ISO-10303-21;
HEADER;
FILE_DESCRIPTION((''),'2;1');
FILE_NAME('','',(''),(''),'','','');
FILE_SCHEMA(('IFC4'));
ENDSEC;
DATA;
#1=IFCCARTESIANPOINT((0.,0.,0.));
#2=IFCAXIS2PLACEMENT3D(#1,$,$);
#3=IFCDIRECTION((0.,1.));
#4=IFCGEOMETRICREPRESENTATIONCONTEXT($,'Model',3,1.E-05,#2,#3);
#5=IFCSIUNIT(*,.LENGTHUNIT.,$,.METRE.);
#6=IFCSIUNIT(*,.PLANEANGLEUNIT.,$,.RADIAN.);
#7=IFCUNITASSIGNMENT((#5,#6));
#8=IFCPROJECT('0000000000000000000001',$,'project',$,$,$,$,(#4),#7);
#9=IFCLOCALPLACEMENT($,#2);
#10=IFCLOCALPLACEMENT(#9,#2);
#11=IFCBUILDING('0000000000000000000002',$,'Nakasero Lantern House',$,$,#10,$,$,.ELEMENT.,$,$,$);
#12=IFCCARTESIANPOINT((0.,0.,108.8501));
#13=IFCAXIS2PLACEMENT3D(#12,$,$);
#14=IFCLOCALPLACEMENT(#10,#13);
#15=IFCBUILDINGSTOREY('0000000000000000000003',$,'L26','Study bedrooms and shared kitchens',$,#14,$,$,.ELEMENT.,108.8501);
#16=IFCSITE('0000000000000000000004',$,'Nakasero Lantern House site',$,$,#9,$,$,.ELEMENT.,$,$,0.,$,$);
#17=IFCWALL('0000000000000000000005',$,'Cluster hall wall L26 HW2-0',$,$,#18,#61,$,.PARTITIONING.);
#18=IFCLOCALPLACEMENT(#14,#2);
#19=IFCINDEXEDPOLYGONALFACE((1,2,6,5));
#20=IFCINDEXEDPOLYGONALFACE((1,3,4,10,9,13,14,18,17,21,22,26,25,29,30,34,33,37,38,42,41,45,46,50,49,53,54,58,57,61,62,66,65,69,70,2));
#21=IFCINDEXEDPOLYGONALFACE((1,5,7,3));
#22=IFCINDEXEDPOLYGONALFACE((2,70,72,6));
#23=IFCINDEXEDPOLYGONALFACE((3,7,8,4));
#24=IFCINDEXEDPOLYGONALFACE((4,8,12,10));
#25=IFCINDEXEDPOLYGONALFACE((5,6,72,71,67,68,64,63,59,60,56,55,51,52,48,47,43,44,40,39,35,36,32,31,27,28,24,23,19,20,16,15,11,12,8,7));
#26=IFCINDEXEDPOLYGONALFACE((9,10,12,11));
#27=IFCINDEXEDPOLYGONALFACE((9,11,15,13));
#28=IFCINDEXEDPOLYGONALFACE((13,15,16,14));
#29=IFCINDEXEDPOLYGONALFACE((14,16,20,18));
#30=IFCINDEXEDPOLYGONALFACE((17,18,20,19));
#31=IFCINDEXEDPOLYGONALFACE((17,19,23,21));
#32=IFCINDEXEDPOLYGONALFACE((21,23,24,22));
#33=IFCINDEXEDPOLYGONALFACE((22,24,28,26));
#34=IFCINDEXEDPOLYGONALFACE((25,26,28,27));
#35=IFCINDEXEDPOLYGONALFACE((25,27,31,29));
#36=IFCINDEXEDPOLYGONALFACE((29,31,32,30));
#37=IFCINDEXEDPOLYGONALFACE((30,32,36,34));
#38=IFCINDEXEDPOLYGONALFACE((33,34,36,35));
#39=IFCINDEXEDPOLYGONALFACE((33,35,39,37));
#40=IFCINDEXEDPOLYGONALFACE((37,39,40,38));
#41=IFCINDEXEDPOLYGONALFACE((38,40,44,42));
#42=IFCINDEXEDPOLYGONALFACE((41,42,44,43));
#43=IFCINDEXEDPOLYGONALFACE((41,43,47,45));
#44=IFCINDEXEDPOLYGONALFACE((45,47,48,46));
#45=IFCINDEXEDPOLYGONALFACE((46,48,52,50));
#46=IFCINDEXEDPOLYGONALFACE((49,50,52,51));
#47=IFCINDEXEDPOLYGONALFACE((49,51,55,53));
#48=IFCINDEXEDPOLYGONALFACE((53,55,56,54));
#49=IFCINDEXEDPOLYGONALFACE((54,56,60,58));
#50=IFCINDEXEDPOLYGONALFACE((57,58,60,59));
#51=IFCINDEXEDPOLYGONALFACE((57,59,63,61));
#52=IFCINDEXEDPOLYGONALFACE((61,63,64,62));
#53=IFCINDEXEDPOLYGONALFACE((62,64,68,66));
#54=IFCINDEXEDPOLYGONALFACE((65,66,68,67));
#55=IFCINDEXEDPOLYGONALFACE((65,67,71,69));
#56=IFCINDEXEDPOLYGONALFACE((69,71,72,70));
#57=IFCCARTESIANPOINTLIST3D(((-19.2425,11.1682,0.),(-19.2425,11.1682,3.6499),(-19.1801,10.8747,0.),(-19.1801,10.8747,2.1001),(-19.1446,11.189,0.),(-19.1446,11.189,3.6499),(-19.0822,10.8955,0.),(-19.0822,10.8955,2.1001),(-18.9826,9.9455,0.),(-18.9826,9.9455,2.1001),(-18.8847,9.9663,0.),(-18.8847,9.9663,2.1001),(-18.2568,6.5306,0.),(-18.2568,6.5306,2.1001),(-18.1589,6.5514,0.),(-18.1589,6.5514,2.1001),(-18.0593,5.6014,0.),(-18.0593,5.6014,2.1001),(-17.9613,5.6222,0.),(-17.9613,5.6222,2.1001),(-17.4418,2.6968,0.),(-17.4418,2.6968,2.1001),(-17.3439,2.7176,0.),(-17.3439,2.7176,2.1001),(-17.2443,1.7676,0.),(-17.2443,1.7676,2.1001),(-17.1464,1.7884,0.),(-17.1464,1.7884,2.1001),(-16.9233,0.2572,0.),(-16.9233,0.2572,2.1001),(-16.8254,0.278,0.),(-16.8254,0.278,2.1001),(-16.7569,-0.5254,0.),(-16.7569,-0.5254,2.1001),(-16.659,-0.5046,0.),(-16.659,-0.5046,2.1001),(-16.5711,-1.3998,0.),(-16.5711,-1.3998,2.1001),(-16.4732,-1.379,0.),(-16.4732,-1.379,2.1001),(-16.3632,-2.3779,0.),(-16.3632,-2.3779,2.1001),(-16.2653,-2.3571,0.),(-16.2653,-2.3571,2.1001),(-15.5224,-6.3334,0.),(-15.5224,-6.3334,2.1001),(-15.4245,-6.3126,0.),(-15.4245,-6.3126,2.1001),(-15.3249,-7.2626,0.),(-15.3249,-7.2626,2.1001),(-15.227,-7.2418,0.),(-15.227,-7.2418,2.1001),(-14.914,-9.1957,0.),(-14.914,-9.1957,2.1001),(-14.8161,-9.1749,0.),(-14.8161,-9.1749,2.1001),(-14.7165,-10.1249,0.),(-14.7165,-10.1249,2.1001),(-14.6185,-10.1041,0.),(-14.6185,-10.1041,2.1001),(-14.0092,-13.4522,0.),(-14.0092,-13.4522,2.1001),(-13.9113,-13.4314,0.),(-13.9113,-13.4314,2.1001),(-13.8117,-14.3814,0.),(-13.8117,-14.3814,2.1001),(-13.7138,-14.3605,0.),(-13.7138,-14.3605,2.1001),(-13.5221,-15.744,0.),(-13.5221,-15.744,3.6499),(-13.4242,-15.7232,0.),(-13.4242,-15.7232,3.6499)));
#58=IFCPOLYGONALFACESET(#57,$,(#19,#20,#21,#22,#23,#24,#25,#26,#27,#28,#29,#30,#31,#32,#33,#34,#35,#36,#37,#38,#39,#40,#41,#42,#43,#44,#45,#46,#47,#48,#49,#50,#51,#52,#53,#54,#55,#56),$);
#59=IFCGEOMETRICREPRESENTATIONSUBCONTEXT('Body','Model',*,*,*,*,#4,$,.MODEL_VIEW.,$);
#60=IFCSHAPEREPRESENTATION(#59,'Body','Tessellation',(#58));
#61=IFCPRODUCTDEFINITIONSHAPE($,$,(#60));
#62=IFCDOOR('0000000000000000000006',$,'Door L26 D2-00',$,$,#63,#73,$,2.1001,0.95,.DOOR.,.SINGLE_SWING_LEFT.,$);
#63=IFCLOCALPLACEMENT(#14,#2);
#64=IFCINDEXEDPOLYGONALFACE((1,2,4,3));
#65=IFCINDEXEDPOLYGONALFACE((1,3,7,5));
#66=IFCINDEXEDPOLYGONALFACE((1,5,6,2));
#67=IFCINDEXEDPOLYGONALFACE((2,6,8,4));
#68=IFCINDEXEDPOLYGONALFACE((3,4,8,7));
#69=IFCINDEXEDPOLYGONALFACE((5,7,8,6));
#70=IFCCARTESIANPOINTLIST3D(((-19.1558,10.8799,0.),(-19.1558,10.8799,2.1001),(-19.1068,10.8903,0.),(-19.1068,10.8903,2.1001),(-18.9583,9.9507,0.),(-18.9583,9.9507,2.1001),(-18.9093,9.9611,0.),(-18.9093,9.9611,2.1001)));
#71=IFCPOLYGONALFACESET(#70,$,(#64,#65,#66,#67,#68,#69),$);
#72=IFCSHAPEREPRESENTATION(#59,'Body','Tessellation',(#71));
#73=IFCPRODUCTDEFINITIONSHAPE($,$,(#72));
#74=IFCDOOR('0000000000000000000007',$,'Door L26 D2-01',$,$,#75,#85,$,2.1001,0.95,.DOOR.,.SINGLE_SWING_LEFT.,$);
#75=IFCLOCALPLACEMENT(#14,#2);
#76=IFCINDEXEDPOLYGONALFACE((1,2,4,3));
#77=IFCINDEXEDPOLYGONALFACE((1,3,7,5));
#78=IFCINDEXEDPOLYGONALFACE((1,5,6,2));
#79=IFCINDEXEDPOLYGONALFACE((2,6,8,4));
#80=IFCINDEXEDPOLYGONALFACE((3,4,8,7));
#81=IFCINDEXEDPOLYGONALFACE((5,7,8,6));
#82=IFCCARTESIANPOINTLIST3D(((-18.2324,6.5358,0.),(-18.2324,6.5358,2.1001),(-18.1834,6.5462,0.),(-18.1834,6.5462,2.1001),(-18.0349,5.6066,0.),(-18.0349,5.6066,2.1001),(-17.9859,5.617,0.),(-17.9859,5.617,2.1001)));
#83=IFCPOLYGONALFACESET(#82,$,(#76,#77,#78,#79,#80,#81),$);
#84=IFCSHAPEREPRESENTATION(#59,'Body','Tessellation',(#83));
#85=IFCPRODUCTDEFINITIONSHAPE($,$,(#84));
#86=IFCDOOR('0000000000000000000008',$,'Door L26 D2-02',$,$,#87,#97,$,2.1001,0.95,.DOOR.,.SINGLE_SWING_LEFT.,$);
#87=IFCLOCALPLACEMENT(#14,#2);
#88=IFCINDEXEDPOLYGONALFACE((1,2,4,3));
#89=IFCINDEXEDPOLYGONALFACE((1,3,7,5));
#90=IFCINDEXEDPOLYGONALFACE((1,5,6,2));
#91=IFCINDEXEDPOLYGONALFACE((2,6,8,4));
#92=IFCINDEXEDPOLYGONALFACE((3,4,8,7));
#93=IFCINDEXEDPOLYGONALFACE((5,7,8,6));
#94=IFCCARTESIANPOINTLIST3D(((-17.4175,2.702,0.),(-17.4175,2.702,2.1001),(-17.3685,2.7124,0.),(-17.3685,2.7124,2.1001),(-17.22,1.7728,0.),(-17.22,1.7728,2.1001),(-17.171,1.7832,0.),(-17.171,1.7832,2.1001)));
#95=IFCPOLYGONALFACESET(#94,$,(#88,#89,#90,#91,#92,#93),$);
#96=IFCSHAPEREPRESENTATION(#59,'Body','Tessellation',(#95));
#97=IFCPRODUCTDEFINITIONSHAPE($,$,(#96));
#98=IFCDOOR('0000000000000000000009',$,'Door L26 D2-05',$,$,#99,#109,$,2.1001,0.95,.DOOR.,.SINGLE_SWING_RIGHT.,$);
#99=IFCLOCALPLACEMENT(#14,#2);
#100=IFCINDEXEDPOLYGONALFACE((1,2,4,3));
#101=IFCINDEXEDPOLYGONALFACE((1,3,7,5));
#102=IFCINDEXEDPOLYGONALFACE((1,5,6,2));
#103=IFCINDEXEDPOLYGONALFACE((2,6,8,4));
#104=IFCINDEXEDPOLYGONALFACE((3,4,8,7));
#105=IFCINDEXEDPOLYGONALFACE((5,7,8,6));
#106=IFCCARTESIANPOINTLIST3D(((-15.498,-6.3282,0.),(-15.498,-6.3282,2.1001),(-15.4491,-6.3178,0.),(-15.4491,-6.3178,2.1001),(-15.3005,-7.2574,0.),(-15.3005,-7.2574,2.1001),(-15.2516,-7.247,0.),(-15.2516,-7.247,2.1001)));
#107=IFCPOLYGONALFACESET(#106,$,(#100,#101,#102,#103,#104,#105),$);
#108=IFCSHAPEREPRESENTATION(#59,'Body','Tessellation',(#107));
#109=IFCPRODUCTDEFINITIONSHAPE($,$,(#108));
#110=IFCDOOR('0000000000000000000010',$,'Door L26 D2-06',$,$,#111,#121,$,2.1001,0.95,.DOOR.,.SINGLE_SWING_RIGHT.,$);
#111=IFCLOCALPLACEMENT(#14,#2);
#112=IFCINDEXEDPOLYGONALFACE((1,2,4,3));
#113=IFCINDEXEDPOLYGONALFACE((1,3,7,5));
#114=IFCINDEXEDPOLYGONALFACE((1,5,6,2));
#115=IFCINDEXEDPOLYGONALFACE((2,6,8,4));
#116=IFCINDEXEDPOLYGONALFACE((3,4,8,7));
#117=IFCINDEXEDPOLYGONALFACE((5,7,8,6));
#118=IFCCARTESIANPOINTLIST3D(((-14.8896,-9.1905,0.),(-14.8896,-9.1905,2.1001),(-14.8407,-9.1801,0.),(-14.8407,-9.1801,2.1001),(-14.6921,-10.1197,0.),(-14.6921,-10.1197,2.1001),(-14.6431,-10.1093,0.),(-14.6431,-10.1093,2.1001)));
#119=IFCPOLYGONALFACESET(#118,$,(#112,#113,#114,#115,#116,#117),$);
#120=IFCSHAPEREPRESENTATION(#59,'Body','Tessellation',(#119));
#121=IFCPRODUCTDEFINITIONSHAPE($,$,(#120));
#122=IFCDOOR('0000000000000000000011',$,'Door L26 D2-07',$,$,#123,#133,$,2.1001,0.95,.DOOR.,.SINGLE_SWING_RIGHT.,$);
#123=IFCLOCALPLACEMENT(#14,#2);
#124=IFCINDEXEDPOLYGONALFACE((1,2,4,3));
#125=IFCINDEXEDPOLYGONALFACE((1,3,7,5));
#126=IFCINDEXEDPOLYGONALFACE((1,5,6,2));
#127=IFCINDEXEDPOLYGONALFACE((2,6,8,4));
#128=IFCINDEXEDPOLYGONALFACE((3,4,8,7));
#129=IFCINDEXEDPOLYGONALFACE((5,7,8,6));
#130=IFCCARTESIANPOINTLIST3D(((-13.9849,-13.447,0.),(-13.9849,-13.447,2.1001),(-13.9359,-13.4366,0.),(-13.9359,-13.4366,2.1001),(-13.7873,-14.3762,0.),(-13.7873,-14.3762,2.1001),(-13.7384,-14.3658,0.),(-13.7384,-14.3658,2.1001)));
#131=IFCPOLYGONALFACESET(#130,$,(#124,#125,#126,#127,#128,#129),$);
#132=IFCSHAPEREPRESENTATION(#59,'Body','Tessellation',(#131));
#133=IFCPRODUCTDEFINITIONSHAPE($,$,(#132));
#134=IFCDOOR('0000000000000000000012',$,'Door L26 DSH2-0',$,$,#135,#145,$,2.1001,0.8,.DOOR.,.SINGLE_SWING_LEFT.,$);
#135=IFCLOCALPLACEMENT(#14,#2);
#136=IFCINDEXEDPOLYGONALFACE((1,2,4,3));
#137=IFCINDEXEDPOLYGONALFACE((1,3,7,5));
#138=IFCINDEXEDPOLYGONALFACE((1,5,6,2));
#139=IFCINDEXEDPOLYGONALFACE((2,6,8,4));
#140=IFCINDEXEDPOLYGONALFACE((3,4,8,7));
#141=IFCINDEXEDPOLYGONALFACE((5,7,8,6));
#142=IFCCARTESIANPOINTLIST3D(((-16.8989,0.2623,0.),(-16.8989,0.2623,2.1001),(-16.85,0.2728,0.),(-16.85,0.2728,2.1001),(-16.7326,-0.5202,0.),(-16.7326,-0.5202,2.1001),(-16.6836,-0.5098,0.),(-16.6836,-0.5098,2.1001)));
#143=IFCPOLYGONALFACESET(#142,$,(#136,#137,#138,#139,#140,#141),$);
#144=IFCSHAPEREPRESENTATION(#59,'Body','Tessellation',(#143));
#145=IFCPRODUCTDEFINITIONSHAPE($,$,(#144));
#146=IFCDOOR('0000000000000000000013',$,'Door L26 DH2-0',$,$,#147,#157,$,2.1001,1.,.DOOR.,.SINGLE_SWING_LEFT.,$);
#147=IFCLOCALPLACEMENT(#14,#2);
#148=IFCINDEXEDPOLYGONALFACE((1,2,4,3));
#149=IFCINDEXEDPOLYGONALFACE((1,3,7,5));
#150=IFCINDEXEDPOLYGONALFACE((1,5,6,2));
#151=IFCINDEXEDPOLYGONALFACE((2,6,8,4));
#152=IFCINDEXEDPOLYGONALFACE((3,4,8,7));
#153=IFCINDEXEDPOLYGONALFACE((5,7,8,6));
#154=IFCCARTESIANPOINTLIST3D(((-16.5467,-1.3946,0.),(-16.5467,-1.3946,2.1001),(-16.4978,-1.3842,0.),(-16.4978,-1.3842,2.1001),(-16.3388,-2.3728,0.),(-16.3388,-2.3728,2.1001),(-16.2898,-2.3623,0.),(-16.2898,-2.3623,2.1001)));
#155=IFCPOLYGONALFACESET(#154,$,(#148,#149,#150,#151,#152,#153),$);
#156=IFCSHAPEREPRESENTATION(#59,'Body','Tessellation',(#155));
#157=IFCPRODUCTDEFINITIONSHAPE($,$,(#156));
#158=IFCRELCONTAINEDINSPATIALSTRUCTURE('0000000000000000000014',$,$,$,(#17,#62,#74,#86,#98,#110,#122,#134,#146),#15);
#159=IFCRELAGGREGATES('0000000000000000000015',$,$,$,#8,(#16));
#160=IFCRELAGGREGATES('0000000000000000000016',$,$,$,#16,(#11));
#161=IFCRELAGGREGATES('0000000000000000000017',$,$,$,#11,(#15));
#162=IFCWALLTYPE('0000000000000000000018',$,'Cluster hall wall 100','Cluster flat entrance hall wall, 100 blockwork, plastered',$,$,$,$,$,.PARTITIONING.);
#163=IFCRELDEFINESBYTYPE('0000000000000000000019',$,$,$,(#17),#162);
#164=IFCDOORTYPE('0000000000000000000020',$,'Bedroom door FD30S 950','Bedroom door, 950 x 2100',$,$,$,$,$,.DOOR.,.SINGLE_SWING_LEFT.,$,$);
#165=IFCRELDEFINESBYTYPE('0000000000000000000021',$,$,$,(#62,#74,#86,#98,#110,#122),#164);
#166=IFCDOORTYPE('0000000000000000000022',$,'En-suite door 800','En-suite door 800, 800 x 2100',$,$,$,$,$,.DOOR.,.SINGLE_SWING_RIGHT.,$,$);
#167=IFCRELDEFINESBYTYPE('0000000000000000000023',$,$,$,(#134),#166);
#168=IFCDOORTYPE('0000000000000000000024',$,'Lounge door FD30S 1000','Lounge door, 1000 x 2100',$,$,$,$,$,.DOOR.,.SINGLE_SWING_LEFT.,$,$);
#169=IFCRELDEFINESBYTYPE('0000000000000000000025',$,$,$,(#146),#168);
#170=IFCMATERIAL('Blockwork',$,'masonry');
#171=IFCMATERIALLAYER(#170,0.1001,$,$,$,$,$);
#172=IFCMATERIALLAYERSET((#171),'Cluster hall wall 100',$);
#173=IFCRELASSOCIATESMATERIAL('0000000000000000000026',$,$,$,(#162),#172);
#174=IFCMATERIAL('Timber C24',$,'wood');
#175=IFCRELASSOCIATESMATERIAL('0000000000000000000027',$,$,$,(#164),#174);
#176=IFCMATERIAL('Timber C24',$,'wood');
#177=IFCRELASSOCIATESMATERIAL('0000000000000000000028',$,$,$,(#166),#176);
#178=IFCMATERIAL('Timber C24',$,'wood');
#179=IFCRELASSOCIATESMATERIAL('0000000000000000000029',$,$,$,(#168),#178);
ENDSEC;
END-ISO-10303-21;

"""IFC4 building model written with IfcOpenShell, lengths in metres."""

from ifc_helpers import new_model, si_unit, direction, frame, frame_2d, origin, place, context, subcontext, project, spatial, rectangle, extrude, material, layer, layer_set, type_object, element, fill, save


model = new_model("IFC4")

# Units and contexts
model_context = context("Model", 3, precision=1e-05, world=origin(), true_north=direction((0.0, 1.0)))
body_context = subcontext(model_context, "Body", "Model", "MODEL_VIEW")
ifc_project = project(units=[si_unit("LENGTHUNIT", "METRE"), si_unit("PLANEANGLEUNIT", "RADIAN")], contexts=[model_context])

# Site, building, storey
site_placement = place(None, origin())
site = spatial("IfcSite", under=ifc_project, at=site_placement, Name="Nakasero Lantern House site", CompositionType="ELEMENT", RefElevation=0.0)
building_placement = place(site_placement, origin())
building = spatial("IfcBuilding", under=site, at=building_placement, Name="Nakasero Lantern House", CompositionType="ELEMENT")
storey_placement = place(building_placement, frame((0.0, 0.0, 108.8501)))
storey = spatial("IfcBuildingStorey", under=building, at=storey_placement, Name="L26", Description="Study bedrooms and shared kitchens", CompositionType="ELEMENT", Elevation=108.8501)

# Wall, openings, doors
ifc_material_1 = material(Name="Blockwork", Category="masonry")
ifc_layer_1 = layer(ifc_material_1, 0.1001)
ifc_layer_set_1 = layer_set([ifc_layer_1], Name="Cluster hall wall 100")
wall_type_1 = type_object("IfcWallType", Name="Cluster hall wall 100", Description="Cluster flat entrance hall wall, 100 blockwork, plastered", PredefinedType="PARTITIONING", material=ifc_layer_set_1)
wall_1_placement = place(storey_placement, frame((-19.1936, 11.1787, 0.0), z_axis=(0.0, 0.0, 1.0), x_axis=(0.207916, -0.978147, 0.0)))
wall_1 = element("IfcWall", 1, at=wall_1_placement, inside=storey, type_object=wall_type_1, Name="Cluster hall wall L26 HW2-0", PredefinedType="PARTITIONING", context=body_context, shape_type="SweptSolid", body=[
    extrude(rectangle(XDim=27.5134, YDim=0.1001, at=frame_2d((13.7568, 0.0))), origin(), (0.0, 0.0, 1.0), 3.6499),
])
opening_1_placement = place(wall_1_placement, frame((12.8489, 0.0, 0.0)))
opening_1 = element("IfcOpeningElement", 2, at=opening_1_placement, cuts=wall_1, PredefinedType="OPENING", context=body_context, shape_type="SweptSolid", body=[
    extrude(rectangle(XDim=1.0, YDim=2.1001, at=frame_2d((0.5, 1.05))), frame((0.0, 0.0701, 0.0), z_axis=(0.0, -1.0, 0.0), x_axis=(1.0, 0.0, 0.0)), (0.0, 0.0, 1.0), 0.1401),
])
opening_2_placement = place(wall_1_placement, frame((11.155, 0.0, 0.0)))
opening_2 = element("IfcOpeningElement", 3, at=opening_2_placement, cuts=wall_1, PredefinedType="OPENING", context=body_context, shape_type="SweptSolid", body=[
    extrude(rectangle(XDim=0.8, YDim=2.1001, at=frame_2d((0.3999, 1.05))), frame((0.0, 0.0701, 0.0), z_axis=(0.0, -1.0, 0.0), x_axis=(1.0, 0.0, 0.0)), (0.0, 0.0, 1.0), 0.1401),
])
opening_3_placement = place(wall_1_placement, frame((0.3, 0.0, 0.0)))
opening_3 = element("IfcOpeningElement", 4, at=opening_3_placement, cuts=wall_1, PredefinedType="OPENING", context=body_context, shape_type="SweptSolid", body=[
    extrude(rectangle(XDim=0.95, YDim=2.1001, at=frame_2d((0.4751, 1.05))), frame((0.0, 0.0701, 0.0), z_axis=(0.0, -1.0, 0.0), x_axis=(1.0, 0.0, 0.0)), (0.0, 0.0, 1.0), 0.1401),
])
opening_4_placement = place(wall_1_placement, frame((4.7412, 0.0, 0.0)))
opening_4 = element("IfcOpeningElement", 5, at=opening_4_placement, cuts=wall_1, PredefinedType="OPENING", context=body_context, shape_type="SweptSolid", body=[
    extrude(rectangle(XDim=0.95, YDim=2.1001, at=frame_2d((0.4751, 1.05))), frame((0.0, 0.0701, 0.0), z_axis=(0.0, -1.0, 0.0), x_axis=(1.0, 0.0, 0.0)), (0.0, 0.0, 1.0), 0.1401),
])
opening_5_placement = place(wall_1_placement, frame((8.6606, 0.0, 0.0)))
opening_5 = element("IfcOpeningElement", 6, at=opening_5_placement, cuts=wall_1, PredefinedType="OPENING", context=body_context, shape_type="SweptSolid", body=[
    extrude(rectangle(XDim=0.95, YDim=2.1001, at=frame_2d((0.4751, 1.05))), frame((0.0, 0.0701, 0.0), z_axis=(0.0, -1.0, 0.0), x_axis=(1.0, 0.0, 0.0)), (0.0, 0.0, 1.0), 0.1401),
])
opening_6_placement = place(wall_1_placement, frame((17.8926, 0.0, 0.0)))
opening_6 = element("IfcOpeningElement", 7, at=opening_6_placement, cuts=wall_1, PredefinedType="OPENING", context=body_context, shape_type="SweptSolid", body=[
    extrude(rectangle(XDim=0.95, YDim=2.1001, at=frame_2d((0.4751, 1.05))), frame((0.0, 0.0701, 0.0), z_axis=(0.0, -1.0, 0.0), x_axis=(1.0, 0.0, 0.0)), (0.0, 0.0, 1.0), 0.1401),
])
opening_7_placement = place(wall_1_placement, frame((20.8188, 0.0, 0.0)))
opening_7 = element("IfcOpeningElement", 8, at=opening_7_placement, cuts=wall_1, PredefinedType="OPENING", context=body_context, shape_type="SweptSolid", body=[
    extrude(rectangle(XDim=0.95, YDim=2.1001, at=frame_2d((0.4751, 1.05))), frame((0.0, 0.0701, 0.0), z_axis=(0.0, -1.0, 0.0), x_axis=(1.0, 0.0, 0.0)), (0.0, 0.0, 1.0), 0.1401),
])
opening_8_placement = place(wall_1_placement, frame((25.1704, 0.0, 0.0)))
opening_8 = element("IfcOpeningElement", 9, at=opening_8_placement, cuts=wall_1, PredefinedType="OPENING", context=body_context, shape_type="SweptSolid", body=[
    extrude(rectangle(XDim=0.95, YDim=2.1001, at=frame_2d((0.4751, 1.05))), frame((0.0, 0.0701, 0.0), z_axis=(0.0, -1.0, 0.0), x_axis=(1.0, 0.0, 0.0)), (0.0, 0.0, 1.0), 0.1401),
])
ifc_material_2 = material(Name="Timber C24", Category="wood")
door_type_1 = type_object("IfcDoorType", Name="Bedroom door FD30S 950", Description="Bedroom door, 950 x 2100", OperationType="SINGLE_SWING_LEFT", PredefinedType="DOOR", material=ifc_material_2)
door_1_placement = place(opening_3_placement, origin())
door_1 = element("IfcDoor", 10, at=door_1_placement, inside=storey, type_object=door_type_1, Name="Door L26 D2-00", OperationType="SINGLE_SWING_LEFT", OverallHeight=2.1001, OverallWidth=0.95, PredefinedType="DOOR", context=body_context, shape_type="SweptSolid", body=[
    extrude(rectangle(XDim=0.95, YDim=2.1001, at=frame_2d((0.4751, 1.05))), frame((0.0, 0.0249, 0.0), z_axis=(0.0, -1.0, 0.0), x_axis=(1.0, 0.0, 0.0)), (0.0, 0.0, 1.0), 0.05),
])
fill(opening_3, door_1)
door_2_placement = place(opening_4_placement, origin())
door_2 = element("IfcDoor", 11, at=door_2_placement, inside=storey, type_object=door_type_1, Name="Door L26 D2-01", OperationType="SINGLE_SWING_LEFT", OverallHeight=2.1001, OverallWidth=0.95, PredefinedType="DOOR", context=body_context, shape_type="SweptSolid", body=[
    extrude(rectangle(XDim=0.95, YDim=2.1001, at=frame_2d((0.4751, 1.05))), frame((0.0, 0.0249, 0.0), z_axis=(0.0, -1.0, 0.0), x_axis=(1.0, 0.0, 0.0)), (0.0, 0.0, 1.0), 0.05),
])
fill(opening_4, door_2)
door_3_placement = place(opening_5_placement, origin())
door_3 = element("IfcDoor", 12, at=door_3_placement, inside=storey, type_object=door_type_1, Name="Door L26 D2-02", OperationType="SINGLE_SWING_LEFT", OverallHeight=2.1001, OverallWidth=0.95, PredefinedType="DOOR", context=body_context, shape_type="SweptSolid", body=[
    extrude(rectangle(XDim=0.95, YDim=2.1001, at=frame_2d((0.4751, 1.05))), frame((0.0, 0.0249, 0.0), z_axis=(0.0, -1.0, 0.0), x_axis=(1.0, 0.0, 0.0)), (0.0, 0.0, 1.0), 0.05),
])
fill(opening_5, door_3)
door_4_placement = place(opening_6_placement, origin())
door_4 = element("IfcDoor", 13, at=door_4_placement, inside=storey, type_object=door_type_1, Name="Door L26 D2-05", OperationType="SINGLE_SWING_RIGHT", OverallHeight=2.1001, OverallWidth=0.95, PredefinedType="DOOR", context=body_context, shape_type="SweptSolid", body=[
    extrude(rectangle(XDim=0.95, YDim=2.1001, at=frame_2d((0.4751, 1.05))), frame((0.0, 0.0249, 0.0), z_axis=(0.0, -1.0, 0.0), x_axis=(1.0, 0.0, 0.0)), (0.0, 0.0, 1.0), 0.05),
])
fill(opening_6, door_4)
door_5_placement = place(opening_7_placement, origin())
door_5 = element("IfcDoor", 14, at=door_5_placement, inside=storey, type_object=door_type_1, Name="Door L26 D2-06", OperationType="SINGLE_SWING_RIGHT", OverallHeight=2.1001, OverallWidth=0.95, PredefinedType="DOOR", context=body_context, shape_type="SweptSolid", body=[
    extrude(rectangle(XDim=0.95, YDim=2.1001, at=frame_2d((0.4751, 1.05))), frame((0.0, 0.0249, 0.0), z_axis=(0.0, -1.0, 0.0), x_axis=(1.0, 0.0, 0.0)), (0.0, 0.0, 1.0), 0.05),
])
fill(opening_7, door_5)
door_6_placement = place(opening_8_placement, origin())
door_6 = element("IfcDoor", 15, at=door_6_placement, inside=storey, type_object=door_type_1, Name="Door L26 D2-07", OperationType="SINGLE_SWING_RIGHT", OverallHeight=2.1001, OverallWidth=0.95, PredefinedType="DOOR", context=body_context, shape_type="SweptSolid", body=[
    extrude(rectangle(XDim=0.95, YDim=2.1001, at=frame_2d((0.4751, 1.05))), frame((0.0, 0.0249, 0.0), z_axis=(0.0, -1.0, 0.0), x_axis=(1.0, 0.0, 0.0)), (0.0, 0.0, 1.0), 0.05),
])
fill(opening_8, door_6)
ifc_material_3 = material(Name="Timber C24", Category="wood")
door_type_2 = type_object("IfcDoorType", Name="En-suite door 800", Description="En-suite door 800, 800 x 2100", OperationType="SINGLE_SWING_RIGHT", PredefinedType="DOOR", material=ifc_material_3)
door_7_placement = place(opening_2_placement, origin())
door_7 = element("IfcDoor", 16, at=door_7_placement, inside=storey, type_object=door_type_2, Name="Door L26 DSH2-0", OperationType="SINGLE_SWING_LEFT", OverallHeight=2.1001, OverallWidth=0.8, PredefinedType="DOOR", context=body_context, shape_type="SweptSolid", body=[
    extrude(rectangle(XDim=0.8, YDim=2.1001, at=frame_2d((0.3999, 1.05))), frame((0.0, 0.0249, 0.0), z_axis=(0.0, -1.0, 0.0), x_axis=(1.0, 0.0, 0.0)), (0.0, 0.0, 1.0), 0.05),
])
fill(opening_2, door_7)
ifc_material_4 = material(Name="Timber C24", Category="wood")
door_type_3 = type_object("IfcDoorType", Name="Lounge door FD30S 1000", Description="Lounge door, 1000 x 2100", OperationType="SINGLE_SWING_LEFT", PredefinedType="DOOR", material=ifc_material_4)
door_8_placement = place(opening_1_placement, origin())
door_8 = element("IfcDoor", 17, at=door_8_placement, inside=storey, type_object=door_type_3, Name="Door L26 DH2-0", OperationType="SINGLE_SWING_LEFT", OverallHeight=2.1001, OverallWidth=1.0, PredefinedType="DOOR", context=body_context, shape_type="SweptSolid", body=[
    extrude(rectangle(XDim=1.0, YDim=2.1001, at=frame_2d((0.5, 1.05))), frame((0.0, 0.0249, 0.0), z_axis=(0.0, -1.0, 0.0), x_axis=(1.0, 0.0, 0.0)), (0.0, 0.0, 1.0), 0.05),
])
fill(opening_1, door_8)

save(model, "model.ifc")
